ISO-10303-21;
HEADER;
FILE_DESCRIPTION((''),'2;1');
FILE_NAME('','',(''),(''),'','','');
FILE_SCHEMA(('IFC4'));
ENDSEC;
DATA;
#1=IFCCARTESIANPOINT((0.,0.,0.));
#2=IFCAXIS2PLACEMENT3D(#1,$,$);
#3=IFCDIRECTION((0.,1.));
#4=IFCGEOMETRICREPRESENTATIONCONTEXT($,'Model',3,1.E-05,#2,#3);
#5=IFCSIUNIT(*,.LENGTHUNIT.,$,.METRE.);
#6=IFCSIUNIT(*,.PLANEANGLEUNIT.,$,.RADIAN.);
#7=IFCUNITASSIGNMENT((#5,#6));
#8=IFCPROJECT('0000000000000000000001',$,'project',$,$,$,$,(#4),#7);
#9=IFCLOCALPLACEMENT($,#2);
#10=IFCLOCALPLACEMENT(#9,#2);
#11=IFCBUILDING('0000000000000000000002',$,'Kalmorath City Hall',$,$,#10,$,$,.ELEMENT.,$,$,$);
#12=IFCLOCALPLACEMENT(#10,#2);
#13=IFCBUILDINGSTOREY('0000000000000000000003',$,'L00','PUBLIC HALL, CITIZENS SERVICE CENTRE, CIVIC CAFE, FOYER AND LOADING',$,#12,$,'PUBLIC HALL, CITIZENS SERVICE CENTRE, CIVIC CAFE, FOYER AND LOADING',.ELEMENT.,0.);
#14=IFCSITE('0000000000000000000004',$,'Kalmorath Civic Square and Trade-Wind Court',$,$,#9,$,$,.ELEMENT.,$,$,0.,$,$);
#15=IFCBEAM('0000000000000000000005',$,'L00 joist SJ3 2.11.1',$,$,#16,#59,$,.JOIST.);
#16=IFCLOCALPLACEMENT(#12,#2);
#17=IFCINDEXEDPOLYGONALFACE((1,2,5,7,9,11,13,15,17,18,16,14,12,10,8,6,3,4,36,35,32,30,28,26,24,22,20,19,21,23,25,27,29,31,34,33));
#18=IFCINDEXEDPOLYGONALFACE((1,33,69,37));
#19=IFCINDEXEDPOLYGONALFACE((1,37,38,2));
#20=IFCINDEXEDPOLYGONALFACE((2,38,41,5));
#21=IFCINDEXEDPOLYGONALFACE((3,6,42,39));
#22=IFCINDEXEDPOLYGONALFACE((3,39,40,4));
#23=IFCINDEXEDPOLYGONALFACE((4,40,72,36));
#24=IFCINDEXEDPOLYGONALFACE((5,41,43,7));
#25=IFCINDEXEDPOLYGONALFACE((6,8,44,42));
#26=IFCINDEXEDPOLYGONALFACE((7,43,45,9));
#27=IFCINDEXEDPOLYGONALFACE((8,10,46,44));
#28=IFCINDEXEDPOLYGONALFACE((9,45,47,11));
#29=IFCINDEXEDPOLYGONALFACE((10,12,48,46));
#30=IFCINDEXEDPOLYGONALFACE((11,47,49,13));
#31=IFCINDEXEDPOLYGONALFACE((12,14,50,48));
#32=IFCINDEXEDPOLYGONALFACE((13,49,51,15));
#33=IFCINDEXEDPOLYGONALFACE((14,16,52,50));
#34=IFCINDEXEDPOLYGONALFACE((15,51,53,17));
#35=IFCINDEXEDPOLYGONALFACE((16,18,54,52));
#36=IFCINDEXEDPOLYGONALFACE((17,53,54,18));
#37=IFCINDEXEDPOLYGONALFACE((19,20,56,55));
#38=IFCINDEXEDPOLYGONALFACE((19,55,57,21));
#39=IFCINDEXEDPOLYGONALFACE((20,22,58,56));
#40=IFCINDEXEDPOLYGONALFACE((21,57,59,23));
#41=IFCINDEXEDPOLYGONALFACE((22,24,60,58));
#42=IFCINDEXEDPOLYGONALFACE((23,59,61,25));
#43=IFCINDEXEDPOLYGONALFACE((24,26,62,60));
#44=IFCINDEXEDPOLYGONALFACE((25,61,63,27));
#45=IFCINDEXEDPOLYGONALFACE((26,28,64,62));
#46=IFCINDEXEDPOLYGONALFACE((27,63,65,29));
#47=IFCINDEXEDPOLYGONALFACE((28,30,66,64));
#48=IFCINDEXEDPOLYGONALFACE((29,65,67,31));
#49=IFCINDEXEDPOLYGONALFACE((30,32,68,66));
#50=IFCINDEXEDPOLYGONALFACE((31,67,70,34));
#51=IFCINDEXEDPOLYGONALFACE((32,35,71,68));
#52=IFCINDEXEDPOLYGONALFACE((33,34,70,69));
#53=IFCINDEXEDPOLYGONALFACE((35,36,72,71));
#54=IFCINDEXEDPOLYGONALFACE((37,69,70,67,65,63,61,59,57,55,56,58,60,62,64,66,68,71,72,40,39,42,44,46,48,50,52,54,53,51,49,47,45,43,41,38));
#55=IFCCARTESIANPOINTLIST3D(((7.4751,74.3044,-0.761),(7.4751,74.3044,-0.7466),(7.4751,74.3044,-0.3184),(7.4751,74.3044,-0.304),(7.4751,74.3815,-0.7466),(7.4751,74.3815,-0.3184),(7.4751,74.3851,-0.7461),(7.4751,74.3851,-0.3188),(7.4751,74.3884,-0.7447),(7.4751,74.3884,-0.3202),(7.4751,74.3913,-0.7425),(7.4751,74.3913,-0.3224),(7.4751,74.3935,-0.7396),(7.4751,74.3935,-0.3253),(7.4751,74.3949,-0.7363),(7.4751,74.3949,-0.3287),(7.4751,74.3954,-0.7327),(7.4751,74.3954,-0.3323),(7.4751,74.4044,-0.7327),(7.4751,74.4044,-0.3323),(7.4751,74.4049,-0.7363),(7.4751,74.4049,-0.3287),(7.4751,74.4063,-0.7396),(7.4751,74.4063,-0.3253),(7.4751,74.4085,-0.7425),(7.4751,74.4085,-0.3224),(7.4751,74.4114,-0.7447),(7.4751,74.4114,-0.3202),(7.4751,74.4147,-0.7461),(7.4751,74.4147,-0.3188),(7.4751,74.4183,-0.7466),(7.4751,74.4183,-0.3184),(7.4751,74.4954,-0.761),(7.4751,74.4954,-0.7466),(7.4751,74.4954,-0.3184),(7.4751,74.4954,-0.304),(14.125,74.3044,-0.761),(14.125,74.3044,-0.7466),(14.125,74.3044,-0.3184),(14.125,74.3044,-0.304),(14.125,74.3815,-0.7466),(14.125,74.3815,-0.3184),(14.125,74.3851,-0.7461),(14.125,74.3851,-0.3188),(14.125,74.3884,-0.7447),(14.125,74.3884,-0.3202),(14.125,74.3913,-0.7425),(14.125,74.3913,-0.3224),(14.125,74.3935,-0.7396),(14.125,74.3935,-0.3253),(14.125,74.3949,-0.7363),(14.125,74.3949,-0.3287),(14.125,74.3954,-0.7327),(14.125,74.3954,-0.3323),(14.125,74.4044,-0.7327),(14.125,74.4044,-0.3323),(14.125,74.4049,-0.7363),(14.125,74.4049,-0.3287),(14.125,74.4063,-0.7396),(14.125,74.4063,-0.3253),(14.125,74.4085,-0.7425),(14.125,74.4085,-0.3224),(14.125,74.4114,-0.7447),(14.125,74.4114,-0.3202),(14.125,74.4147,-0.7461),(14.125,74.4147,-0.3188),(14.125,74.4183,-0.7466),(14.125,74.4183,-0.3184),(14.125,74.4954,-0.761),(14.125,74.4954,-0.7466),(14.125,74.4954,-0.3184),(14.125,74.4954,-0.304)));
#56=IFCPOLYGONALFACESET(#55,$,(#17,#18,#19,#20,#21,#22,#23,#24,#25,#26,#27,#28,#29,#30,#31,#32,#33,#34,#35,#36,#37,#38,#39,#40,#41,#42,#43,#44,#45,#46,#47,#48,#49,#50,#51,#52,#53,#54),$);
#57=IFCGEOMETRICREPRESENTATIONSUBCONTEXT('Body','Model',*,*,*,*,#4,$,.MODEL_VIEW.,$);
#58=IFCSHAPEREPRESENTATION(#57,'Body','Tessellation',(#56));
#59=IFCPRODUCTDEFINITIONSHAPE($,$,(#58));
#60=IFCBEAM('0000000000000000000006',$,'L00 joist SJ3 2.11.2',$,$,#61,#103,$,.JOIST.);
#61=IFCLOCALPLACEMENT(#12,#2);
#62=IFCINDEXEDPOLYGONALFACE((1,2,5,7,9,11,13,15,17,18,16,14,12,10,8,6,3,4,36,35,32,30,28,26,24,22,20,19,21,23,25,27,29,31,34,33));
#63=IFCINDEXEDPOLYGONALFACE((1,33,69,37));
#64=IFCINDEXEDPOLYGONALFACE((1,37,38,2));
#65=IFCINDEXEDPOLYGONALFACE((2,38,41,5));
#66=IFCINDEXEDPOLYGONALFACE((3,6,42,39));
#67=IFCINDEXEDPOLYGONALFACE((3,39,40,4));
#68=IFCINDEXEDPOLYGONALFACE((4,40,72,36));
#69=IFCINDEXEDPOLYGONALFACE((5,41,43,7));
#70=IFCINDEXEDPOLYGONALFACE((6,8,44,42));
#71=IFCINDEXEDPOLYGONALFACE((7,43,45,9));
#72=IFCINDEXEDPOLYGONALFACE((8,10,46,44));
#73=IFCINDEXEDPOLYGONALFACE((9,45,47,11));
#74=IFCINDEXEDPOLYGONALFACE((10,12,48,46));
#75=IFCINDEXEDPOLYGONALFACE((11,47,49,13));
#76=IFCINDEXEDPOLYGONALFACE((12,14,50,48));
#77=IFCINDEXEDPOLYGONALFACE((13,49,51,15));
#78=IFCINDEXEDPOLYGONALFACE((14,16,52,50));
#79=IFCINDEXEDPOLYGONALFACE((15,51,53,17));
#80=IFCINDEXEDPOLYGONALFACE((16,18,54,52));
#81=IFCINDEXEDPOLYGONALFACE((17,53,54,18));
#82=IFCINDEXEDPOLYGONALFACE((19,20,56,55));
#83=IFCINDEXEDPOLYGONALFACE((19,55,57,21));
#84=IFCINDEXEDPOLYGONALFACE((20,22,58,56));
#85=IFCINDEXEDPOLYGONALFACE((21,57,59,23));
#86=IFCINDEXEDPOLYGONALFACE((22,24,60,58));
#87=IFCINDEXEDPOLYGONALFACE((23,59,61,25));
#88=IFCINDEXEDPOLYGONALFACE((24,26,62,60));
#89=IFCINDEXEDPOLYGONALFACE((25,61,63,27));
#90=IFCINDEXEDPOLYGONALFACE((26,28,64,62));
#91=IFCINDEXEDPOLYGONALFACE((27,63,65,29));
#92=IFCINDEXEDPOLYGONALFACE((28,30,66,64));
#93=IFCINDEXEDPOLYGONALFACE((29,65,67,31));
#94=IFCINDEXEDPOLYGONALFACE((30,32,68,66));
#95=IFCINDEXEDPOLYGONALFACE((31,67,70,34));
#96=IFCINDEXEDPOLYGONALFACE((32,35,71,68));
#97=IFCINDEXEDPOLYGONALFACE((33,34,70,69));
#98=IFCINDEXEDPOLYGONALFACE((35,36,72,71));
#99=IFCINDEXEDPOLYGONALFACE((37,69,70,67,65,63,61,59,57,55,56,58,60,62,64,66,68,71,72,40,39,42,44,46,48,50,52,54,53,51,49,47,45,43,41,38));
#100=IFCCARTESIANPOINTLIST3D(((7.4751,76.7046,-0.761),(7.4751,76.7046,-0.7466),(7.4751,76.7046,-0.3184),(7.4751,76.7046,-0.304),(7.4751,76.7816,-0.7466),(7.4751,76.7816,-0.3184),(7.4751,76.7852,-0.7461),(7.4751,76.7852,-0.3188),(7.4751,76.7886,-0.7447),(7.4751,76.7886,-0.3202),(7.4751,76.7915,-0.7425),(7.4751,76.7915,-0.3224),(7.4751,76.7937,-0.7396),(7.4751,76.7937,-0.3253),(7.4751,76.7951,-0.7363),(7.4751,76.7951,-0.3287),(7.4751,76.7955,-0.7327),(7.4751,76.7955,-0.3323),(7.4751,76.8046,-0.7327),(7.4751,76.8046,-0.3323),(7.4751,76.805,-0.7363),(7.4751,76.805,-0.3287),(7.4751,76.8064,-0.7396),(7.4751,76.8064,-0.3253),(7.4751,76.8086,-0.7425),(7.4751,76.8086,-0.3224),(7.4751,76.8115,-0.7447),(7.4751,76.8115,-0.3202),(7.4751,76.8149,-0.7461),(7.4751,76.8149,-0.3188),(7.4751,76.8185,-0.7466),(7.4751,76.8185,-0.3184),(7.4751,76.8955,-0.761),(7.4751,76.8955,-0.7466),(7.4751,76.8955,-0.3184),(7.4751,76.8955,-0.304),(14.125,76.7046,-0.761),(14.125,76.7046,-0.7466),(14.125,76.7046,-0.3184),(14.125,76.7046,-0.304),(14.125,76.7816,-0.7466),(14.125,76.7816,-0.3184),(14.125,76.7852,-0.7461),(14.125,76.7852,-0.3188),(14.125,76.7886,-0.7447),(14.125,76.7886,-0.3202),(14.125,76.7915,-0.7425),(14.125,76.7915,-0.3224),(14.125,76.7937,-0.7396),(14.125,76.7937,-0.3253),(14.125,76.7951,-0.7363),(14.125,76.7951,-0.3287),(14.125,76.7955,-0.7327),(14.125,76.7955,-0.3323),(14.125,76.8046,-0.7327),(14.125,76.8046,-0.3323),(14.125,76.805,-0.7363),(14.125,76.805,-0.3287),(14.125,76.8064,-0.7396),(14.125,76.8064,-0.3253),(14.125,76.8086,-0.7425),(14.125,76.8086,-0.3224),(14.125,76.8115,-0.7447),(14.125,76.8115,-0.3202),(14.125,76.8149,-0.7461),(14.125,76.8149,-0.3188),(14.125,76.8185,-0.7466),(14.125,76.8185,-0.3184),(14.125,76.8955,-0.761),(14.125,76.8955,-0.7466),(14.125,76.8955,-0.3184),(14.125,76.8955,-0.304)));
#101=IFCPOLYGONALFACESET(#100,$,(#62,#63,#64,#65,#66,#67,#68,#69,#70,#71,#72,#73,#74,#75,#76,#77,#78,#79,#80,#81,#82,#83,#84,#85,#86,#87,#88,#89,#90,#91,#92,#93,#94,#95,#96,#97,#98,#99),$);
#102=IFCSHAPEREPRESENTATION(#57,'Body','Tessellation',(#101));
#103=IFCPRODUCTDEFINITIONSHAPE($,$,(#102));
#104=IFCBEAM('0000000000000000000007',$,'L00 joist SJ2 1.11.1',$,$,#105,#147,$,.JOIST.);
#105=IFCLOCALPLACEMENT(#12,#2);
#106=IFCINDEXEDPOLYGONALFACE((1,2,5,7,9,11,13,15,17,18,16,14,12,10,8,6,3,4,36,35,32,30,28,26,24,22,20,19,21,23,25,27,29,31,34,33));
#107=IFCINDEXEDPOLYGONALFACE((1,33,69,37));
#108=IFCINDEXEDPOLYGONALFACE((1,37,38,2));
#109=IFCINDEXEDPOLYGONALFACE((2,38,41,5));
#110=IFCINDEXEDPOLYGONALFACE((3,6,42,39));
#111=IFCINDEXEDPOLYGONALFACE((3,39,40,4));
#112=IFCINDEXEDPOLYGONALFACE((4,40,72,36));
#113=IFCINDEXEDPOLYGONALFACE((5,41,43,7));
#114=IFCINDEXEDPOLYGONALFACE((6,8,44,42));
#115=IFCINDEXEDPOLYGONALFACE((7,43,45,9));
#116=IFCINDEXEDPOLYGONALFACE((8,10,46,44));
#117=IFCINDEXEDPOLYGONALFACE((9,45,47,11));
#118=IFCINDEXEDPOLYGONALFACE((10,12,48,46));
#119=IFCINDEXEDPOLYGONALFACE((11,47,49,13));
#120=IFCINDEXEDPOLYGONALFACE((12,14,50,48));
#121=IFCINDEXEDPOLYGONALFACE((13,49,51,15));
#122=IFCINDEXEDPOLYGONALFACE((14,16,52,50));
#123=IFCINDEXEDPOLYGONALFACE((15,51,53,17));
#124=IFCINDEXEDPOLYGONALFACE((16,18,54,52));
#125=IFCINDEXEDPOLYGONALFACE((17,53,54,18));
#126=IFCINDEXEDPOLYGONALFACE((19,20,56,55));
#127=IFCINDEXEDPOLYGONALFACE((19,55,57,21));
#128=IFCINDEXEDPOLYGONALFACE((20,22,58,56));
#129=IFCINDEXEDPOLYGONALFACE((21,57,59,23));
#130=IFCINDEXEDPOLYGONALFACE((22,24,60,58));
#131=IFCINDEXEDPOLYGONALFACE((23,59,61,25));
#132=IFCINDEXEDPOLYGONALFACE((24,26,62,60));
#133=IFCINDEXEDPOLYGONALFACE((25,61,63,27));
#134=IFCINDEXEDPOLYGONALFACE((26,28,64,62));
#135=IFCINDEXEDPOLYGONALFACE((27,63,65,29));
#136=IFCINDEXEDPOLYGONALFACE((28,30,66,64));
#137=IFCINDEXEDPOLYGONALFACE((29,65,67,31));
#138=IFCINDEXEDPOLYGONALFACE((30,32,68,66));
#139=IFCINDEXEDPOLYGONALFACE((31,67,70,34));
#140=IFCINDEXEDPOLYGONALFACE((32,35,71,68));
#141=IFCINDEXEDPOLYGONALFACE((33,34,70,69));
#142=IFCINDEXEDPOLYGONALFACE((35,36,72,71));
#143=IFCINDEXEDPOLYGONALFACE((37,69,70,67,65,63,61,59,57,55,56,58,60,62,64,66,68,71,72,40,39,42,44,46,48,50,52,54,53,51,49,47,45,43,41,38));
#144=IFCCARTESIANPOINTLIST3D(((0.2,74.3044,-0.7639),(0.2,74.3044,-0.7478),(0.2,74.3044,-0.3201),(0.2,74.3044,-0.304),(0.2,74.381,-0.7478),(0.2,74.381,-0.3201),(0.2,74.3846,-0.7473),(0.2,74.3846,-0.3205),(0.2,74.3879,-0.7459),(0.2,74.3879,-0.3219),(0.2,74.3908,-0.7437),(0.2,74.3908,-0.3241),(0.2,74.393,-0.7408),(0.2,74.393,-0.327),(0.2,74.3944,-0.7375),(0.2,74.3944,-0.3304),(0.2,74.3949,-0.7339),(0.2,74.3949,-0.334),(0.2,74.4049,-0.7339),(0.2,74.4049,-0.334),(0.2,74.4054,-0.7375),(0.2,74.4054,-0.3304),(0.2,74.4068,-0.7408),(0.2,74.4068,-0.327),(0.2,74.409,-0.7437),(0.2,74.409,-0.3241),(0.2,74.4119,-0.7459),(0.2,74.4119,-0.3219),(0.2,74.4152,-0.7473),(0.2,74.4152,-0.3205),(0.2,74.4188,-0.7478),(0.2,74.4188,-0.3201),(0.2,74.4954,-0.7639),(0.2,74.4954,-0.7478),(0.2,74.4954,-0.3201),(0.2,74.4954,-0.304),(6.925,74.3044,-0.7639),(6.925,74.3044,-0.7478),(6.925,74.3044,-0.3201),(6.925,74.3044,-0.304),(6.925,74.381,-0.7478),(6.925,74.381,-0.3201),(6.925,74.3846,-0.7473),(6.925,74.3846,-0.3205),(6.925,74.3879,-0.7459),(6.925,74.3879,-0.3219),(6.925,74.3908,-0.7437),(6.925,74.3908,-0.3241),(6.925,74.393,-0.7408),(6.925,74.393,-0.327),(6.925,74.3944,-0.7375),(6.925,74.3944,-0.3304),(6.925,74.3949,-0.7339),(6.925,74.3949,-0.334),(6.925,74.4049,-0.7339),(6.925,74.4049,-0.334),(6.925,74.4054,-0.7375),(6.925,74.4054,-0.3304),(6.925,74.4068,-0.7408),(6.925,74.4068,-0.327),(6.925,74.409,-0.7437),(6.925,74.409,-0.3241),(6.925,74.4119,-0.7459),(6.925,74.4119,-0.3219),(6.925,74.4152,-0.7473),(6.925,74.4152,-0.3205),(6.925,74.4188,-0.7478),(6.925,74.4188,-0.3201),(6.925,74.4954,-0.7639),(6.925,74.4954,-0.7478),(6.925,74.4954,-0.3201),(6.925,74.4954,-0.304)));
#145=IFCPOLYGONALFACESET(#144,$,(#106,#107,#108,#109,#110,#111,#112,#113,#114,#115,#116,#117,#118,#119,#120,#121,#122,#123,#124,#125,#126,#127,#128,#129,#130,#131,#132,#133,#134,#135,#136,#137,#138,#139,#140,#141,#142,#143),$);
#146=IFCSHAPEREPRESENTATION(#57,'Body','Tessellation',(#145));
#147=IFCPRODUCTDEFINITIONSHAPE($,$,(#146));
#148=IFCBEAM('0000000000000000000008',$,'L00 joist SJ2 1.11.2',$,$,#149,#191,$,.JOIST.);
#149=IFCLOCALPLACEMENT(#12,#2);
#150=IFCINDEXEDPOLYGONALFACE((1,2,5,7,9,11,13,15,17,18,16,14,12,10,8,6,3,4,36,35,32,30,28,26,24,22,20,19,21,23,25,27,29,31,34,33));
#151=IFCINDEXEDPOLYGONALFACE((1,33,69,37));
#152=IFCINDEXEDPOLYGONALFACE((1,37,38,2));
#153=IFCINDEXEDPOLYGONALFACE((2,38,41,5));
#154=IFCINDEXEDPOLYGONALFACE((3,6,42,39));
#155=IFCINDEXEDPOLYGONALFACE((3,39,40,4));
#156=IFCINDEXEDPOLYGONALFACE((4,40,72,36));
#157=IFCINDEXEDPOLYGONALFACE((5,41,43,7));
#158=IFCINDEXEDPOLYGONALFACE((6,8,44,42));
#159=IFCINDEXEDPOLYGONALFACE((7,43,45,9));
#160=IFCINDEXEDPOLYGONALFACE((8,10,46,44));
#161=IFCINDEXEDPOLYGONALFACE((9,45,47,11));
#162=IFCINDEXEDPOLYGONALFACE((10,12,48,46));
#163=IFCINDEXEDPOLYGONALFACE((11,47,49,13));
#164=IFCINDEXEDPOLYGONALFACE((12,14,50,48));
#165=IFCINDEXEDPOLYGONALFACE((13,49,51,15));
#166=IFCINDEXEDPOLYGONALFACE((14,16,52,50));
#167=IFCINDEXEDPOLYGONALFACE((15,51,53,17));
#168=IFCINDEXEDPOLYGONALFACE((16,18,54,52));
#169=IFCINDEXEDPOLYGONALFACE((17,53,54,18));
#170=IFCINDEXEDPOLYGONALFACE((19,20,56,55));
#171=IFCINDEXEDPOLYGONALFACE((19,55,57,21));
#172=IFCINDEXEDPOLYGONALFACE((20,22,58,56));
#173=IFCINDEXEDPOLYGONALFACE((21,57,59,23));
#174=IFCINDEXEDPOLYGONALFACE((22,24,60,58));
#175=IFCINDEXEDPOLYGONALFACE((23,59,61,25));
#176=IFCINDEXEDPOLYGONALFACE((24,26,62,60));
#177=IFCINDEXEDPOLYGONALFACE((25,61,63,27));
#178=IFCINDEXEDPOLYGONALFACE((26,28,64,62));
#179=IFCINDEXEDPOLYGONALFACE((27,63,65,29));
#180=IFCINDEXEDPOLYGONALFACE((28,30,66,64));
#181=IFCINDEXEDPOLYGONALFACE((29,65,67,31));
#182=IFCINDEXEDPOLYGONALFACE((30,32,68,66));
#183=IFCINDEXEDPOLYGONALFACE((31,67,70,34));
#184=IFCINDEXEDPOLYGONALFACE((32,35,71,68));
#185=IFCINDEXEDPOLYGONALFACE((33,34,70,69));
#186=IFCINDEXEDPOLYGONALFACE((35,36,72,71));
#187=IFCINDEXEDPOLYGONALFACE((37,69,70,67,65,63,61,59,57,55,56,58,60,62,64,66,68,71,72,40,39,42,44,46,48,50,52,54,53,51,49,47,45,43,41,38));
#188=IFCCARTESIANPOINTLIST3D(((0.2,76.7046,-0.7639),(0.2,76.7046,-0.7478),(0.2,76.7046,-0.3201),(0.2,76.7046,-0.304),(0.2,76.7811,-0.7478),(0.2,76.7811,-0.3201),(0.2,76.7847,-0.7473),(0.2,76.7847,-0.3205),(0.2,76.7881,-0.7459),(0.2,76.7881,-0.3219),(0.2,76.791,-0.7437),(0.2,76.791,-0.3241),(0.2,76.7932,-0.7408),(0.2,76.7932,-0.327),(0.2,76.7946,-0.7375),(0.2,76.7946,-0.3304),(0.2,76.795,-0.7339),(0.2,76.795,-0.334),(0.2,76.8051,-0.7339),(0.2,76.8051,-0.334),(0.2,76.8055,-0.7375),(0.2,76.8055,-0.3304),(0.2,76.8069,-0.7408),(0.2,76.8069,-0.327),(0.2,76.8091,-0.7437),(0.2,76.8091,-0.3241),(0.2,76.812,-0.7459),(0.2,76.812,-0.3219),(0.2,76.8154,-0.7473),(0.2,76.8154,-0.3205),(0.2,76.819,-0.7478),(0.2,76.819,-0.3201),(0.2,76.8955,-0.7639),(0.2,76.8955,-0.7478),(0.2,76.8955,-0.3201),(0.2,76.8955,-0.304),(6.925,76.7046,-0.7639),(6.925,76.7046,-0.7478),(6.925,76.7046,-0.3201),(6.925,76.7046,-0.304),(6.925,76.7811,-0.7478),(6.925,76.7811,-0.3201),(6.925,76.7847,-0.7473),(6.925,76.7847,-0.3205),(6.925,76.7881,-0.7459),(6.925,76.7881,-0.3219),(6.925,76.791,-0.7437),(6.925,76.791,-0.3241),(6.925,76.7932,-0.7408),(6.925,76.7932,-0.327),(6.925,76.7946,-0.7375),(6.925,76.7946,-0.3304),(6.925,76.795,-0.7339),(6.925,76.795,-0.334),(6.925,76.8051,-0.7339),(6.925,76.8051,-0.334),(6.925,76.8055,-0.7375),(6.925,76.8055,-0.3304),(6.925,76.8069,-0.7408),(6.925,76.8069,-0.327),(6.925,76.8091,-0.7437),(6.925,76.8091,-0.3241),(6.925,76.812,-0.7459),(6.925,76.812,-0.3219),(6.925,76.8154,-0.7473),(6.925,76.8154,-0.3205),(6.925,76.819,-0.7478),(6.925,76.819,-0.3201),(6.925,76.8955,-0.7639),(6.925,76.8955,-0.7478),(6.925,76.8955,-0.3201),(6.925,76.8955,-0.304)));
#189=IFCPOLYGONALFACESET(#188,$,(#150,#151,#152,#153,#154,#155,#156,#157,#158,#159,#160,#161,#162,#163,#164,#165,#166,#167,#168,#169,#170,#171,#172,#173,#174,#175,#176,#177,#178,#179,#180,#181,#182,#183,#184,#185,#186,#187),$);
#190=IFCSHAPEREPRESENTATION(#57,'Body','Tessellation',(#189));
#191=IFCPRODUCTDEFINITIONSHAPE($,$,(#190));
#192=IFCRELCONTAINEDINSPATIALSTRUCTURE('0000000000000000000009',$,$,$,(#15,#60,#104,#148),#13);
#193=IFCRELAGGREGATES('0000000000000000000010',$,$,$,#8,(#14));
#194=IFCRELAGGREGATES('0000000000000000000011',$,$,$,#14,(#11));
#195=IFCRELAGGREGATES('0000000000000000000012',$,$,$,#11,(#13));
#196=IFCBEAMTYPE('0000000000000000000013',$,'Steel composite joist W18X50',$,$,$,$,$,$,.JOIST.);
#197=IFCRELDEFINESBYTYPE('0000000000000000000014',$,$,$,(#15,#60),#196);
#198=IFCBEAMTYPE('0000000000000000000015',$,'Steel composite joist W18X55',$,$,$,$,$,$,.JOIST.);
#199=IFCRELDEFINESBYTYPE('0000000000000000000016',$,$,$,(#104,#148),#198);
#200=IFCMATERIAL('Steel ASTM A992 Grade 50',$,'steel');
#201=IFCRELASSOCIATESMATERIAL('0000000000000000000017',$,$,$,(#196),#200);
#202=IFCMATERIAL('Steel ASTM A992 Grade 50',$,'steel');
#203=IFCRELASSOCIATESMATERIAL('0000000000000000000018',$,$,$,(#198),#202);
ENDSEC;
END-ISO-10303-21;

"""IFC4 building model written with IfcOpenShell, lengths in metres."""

from ifc_helpers import new_model, si_unit, direction, frame, origin, origin_2d, place, context, subcontext, project, spatial, i_section, extrude, material, material_profile, profile_set, type_object, element, save


model = new_model("IFC4")

# Units and contexts
model_context = context("Model", 3, precision=1e-05, world=origin(), true_north=direction((0.0, 1.0)))
body_context = subcontext(model_context, "Body", "Model", "MODEL_VIEW")
ifc_project = project(units=[si_unit("LENGTHUNIT", "METRE"), si_unit("PLANEANGLEUNIT", "RADIAN")], contexts=[model_context])

# Site, building, storey
site_placement = place(None, origin())
site = spatial("IfcSite", under=ifc_project, at=site_placement, Name="Kalmorath Civic Square and Trade-Wind Court", CompositionType="ELEMENT", RefElevation=0.0)
building_placement = place(site_placement, origin())
building = spatial("IfcBuilding", under=site, at=building_placement, Name="Kalmorath City Hall", CompositionType="ELEMENT")
storey_placement = place(building_placement, origin())
storey = spatial("IfcBuildingStorey", under=building, at=storey_placement, Name="L00", Description="PUBLIC HALL, CITIZENS SERVICE CENTRE, CIVIC CAFE, FOYER AND LOADING", LongName="PUBLIC HALL, CITIZENS SERVICE CENTRE, CIVIC CAFE, FOYER AND LOADING", CompositionType="ELEMENT", Elevation=0.0)

# Beams
ifc_material_1 = material(Name="Steel ASTM A992 Grade 50", Category="steel")
ifc_material_profile_1 = material_profile(ifc_material_1, i_section(OverallWidth=0.1909, OverallDepth=0.457, WebThickness=0.009, FlangeThickness=0.0144, FilletRadius=0.0139, at=origin_2d()), Name="W18X50")
ifc_profile_set_1 = profile_set([ifc_material_profile_1], Name="Steel ASTM A992 Grade 50")
beam_type_1 = type_object("IfcBeamType", Name="Steel composite joist W18X50", PredefinedType="JOIST", material=ifc_profile_set_1)
for number, where, z_axis, x_axis, name in (
    (1, (7.4751, 74.3999, -0.5325), (1.0, 0.0, 0.0), (0.0, 1.0, 0.0), "L00 joist SJ3 2.11.1"),
    (2, (7.4751, 76.8, -0.5325), (1.0, 0.0, 0.0), (0.0, 1.0, 0.0), "L00 joist SJ3 2.11.2"),
):
    element("IfcBeam", number, at=place(storey_placement, frame(where, z_axis=z_axis, x_axis=x_axis)), inside=storey, type_object=beam_type_1, Name=name, PredefinedType="JOIST", context=body_context, shape_type="SweptSolid", body=[
        extrude(i_section(OverallWidth=0.1909, OverallDepth=0.457, WebThickness=0.009, FlangeThickness=0.0144, FilletRadius=0.0139, at=origin_2d()), origin(), (0.0, 0.0, 1.0), 6.6499),
    ])
ifc_material_2 = material(Name="Steel ASTM A992 Grade 50", Category="steel")
ifc_material_profile_2 = material_profile(ifc_material_2, i_section(OverallWidth=0.1909, OverallDepth=0.46, WebThickness=0.01, FlangeThickness=0.0161, FilletRadius=0.0139, at=origin_2d()), Name="W18X55")
ifc_profile_set_2 = profile_set([ifc_material_profile_2], Name="Steel ASTM A992 Grade 50")
beam_type_2 = type_object("IfcBeamType", Name="Steel composite joist W18X55", PredefinedType="JOIST", material=ifc_profile_set_2)
for number, where, z_axis, x_axis, name in (
    (3, (0.2, 74.3999, -0.5339), (1.0, 0.0, 0.0), (0.0, 1.0, 0.0), "L00 joist SJ2 1.11.1"),
    (4, (0.2, 76.8, -0.5339), (1.0, 0.0, 0.0), (0.0, 1.0, 0.0), "L00 joist SJ2 1.11.2"),
):
    element("IfcBeam", number, at=place(storey_placement, frame(where, z_axis=z_axis, x_axis=x_axis)), inside=storey, type_object=beam_type_2, Name=name, PredefinedType="JOIST", context=body_context, shape_type="SweptSolid", body=[
        extrude(i_section(OverallWidth=0.1909, OverallDepth=0.46, WebThickness=0.01, FlangeThickness=0.0161, FilletRadius=0.0139, at=origin_2d()), origin(), (0.0, 0.0, 1.0), 6.7251),
    ])

save(model, "model.ifc")
